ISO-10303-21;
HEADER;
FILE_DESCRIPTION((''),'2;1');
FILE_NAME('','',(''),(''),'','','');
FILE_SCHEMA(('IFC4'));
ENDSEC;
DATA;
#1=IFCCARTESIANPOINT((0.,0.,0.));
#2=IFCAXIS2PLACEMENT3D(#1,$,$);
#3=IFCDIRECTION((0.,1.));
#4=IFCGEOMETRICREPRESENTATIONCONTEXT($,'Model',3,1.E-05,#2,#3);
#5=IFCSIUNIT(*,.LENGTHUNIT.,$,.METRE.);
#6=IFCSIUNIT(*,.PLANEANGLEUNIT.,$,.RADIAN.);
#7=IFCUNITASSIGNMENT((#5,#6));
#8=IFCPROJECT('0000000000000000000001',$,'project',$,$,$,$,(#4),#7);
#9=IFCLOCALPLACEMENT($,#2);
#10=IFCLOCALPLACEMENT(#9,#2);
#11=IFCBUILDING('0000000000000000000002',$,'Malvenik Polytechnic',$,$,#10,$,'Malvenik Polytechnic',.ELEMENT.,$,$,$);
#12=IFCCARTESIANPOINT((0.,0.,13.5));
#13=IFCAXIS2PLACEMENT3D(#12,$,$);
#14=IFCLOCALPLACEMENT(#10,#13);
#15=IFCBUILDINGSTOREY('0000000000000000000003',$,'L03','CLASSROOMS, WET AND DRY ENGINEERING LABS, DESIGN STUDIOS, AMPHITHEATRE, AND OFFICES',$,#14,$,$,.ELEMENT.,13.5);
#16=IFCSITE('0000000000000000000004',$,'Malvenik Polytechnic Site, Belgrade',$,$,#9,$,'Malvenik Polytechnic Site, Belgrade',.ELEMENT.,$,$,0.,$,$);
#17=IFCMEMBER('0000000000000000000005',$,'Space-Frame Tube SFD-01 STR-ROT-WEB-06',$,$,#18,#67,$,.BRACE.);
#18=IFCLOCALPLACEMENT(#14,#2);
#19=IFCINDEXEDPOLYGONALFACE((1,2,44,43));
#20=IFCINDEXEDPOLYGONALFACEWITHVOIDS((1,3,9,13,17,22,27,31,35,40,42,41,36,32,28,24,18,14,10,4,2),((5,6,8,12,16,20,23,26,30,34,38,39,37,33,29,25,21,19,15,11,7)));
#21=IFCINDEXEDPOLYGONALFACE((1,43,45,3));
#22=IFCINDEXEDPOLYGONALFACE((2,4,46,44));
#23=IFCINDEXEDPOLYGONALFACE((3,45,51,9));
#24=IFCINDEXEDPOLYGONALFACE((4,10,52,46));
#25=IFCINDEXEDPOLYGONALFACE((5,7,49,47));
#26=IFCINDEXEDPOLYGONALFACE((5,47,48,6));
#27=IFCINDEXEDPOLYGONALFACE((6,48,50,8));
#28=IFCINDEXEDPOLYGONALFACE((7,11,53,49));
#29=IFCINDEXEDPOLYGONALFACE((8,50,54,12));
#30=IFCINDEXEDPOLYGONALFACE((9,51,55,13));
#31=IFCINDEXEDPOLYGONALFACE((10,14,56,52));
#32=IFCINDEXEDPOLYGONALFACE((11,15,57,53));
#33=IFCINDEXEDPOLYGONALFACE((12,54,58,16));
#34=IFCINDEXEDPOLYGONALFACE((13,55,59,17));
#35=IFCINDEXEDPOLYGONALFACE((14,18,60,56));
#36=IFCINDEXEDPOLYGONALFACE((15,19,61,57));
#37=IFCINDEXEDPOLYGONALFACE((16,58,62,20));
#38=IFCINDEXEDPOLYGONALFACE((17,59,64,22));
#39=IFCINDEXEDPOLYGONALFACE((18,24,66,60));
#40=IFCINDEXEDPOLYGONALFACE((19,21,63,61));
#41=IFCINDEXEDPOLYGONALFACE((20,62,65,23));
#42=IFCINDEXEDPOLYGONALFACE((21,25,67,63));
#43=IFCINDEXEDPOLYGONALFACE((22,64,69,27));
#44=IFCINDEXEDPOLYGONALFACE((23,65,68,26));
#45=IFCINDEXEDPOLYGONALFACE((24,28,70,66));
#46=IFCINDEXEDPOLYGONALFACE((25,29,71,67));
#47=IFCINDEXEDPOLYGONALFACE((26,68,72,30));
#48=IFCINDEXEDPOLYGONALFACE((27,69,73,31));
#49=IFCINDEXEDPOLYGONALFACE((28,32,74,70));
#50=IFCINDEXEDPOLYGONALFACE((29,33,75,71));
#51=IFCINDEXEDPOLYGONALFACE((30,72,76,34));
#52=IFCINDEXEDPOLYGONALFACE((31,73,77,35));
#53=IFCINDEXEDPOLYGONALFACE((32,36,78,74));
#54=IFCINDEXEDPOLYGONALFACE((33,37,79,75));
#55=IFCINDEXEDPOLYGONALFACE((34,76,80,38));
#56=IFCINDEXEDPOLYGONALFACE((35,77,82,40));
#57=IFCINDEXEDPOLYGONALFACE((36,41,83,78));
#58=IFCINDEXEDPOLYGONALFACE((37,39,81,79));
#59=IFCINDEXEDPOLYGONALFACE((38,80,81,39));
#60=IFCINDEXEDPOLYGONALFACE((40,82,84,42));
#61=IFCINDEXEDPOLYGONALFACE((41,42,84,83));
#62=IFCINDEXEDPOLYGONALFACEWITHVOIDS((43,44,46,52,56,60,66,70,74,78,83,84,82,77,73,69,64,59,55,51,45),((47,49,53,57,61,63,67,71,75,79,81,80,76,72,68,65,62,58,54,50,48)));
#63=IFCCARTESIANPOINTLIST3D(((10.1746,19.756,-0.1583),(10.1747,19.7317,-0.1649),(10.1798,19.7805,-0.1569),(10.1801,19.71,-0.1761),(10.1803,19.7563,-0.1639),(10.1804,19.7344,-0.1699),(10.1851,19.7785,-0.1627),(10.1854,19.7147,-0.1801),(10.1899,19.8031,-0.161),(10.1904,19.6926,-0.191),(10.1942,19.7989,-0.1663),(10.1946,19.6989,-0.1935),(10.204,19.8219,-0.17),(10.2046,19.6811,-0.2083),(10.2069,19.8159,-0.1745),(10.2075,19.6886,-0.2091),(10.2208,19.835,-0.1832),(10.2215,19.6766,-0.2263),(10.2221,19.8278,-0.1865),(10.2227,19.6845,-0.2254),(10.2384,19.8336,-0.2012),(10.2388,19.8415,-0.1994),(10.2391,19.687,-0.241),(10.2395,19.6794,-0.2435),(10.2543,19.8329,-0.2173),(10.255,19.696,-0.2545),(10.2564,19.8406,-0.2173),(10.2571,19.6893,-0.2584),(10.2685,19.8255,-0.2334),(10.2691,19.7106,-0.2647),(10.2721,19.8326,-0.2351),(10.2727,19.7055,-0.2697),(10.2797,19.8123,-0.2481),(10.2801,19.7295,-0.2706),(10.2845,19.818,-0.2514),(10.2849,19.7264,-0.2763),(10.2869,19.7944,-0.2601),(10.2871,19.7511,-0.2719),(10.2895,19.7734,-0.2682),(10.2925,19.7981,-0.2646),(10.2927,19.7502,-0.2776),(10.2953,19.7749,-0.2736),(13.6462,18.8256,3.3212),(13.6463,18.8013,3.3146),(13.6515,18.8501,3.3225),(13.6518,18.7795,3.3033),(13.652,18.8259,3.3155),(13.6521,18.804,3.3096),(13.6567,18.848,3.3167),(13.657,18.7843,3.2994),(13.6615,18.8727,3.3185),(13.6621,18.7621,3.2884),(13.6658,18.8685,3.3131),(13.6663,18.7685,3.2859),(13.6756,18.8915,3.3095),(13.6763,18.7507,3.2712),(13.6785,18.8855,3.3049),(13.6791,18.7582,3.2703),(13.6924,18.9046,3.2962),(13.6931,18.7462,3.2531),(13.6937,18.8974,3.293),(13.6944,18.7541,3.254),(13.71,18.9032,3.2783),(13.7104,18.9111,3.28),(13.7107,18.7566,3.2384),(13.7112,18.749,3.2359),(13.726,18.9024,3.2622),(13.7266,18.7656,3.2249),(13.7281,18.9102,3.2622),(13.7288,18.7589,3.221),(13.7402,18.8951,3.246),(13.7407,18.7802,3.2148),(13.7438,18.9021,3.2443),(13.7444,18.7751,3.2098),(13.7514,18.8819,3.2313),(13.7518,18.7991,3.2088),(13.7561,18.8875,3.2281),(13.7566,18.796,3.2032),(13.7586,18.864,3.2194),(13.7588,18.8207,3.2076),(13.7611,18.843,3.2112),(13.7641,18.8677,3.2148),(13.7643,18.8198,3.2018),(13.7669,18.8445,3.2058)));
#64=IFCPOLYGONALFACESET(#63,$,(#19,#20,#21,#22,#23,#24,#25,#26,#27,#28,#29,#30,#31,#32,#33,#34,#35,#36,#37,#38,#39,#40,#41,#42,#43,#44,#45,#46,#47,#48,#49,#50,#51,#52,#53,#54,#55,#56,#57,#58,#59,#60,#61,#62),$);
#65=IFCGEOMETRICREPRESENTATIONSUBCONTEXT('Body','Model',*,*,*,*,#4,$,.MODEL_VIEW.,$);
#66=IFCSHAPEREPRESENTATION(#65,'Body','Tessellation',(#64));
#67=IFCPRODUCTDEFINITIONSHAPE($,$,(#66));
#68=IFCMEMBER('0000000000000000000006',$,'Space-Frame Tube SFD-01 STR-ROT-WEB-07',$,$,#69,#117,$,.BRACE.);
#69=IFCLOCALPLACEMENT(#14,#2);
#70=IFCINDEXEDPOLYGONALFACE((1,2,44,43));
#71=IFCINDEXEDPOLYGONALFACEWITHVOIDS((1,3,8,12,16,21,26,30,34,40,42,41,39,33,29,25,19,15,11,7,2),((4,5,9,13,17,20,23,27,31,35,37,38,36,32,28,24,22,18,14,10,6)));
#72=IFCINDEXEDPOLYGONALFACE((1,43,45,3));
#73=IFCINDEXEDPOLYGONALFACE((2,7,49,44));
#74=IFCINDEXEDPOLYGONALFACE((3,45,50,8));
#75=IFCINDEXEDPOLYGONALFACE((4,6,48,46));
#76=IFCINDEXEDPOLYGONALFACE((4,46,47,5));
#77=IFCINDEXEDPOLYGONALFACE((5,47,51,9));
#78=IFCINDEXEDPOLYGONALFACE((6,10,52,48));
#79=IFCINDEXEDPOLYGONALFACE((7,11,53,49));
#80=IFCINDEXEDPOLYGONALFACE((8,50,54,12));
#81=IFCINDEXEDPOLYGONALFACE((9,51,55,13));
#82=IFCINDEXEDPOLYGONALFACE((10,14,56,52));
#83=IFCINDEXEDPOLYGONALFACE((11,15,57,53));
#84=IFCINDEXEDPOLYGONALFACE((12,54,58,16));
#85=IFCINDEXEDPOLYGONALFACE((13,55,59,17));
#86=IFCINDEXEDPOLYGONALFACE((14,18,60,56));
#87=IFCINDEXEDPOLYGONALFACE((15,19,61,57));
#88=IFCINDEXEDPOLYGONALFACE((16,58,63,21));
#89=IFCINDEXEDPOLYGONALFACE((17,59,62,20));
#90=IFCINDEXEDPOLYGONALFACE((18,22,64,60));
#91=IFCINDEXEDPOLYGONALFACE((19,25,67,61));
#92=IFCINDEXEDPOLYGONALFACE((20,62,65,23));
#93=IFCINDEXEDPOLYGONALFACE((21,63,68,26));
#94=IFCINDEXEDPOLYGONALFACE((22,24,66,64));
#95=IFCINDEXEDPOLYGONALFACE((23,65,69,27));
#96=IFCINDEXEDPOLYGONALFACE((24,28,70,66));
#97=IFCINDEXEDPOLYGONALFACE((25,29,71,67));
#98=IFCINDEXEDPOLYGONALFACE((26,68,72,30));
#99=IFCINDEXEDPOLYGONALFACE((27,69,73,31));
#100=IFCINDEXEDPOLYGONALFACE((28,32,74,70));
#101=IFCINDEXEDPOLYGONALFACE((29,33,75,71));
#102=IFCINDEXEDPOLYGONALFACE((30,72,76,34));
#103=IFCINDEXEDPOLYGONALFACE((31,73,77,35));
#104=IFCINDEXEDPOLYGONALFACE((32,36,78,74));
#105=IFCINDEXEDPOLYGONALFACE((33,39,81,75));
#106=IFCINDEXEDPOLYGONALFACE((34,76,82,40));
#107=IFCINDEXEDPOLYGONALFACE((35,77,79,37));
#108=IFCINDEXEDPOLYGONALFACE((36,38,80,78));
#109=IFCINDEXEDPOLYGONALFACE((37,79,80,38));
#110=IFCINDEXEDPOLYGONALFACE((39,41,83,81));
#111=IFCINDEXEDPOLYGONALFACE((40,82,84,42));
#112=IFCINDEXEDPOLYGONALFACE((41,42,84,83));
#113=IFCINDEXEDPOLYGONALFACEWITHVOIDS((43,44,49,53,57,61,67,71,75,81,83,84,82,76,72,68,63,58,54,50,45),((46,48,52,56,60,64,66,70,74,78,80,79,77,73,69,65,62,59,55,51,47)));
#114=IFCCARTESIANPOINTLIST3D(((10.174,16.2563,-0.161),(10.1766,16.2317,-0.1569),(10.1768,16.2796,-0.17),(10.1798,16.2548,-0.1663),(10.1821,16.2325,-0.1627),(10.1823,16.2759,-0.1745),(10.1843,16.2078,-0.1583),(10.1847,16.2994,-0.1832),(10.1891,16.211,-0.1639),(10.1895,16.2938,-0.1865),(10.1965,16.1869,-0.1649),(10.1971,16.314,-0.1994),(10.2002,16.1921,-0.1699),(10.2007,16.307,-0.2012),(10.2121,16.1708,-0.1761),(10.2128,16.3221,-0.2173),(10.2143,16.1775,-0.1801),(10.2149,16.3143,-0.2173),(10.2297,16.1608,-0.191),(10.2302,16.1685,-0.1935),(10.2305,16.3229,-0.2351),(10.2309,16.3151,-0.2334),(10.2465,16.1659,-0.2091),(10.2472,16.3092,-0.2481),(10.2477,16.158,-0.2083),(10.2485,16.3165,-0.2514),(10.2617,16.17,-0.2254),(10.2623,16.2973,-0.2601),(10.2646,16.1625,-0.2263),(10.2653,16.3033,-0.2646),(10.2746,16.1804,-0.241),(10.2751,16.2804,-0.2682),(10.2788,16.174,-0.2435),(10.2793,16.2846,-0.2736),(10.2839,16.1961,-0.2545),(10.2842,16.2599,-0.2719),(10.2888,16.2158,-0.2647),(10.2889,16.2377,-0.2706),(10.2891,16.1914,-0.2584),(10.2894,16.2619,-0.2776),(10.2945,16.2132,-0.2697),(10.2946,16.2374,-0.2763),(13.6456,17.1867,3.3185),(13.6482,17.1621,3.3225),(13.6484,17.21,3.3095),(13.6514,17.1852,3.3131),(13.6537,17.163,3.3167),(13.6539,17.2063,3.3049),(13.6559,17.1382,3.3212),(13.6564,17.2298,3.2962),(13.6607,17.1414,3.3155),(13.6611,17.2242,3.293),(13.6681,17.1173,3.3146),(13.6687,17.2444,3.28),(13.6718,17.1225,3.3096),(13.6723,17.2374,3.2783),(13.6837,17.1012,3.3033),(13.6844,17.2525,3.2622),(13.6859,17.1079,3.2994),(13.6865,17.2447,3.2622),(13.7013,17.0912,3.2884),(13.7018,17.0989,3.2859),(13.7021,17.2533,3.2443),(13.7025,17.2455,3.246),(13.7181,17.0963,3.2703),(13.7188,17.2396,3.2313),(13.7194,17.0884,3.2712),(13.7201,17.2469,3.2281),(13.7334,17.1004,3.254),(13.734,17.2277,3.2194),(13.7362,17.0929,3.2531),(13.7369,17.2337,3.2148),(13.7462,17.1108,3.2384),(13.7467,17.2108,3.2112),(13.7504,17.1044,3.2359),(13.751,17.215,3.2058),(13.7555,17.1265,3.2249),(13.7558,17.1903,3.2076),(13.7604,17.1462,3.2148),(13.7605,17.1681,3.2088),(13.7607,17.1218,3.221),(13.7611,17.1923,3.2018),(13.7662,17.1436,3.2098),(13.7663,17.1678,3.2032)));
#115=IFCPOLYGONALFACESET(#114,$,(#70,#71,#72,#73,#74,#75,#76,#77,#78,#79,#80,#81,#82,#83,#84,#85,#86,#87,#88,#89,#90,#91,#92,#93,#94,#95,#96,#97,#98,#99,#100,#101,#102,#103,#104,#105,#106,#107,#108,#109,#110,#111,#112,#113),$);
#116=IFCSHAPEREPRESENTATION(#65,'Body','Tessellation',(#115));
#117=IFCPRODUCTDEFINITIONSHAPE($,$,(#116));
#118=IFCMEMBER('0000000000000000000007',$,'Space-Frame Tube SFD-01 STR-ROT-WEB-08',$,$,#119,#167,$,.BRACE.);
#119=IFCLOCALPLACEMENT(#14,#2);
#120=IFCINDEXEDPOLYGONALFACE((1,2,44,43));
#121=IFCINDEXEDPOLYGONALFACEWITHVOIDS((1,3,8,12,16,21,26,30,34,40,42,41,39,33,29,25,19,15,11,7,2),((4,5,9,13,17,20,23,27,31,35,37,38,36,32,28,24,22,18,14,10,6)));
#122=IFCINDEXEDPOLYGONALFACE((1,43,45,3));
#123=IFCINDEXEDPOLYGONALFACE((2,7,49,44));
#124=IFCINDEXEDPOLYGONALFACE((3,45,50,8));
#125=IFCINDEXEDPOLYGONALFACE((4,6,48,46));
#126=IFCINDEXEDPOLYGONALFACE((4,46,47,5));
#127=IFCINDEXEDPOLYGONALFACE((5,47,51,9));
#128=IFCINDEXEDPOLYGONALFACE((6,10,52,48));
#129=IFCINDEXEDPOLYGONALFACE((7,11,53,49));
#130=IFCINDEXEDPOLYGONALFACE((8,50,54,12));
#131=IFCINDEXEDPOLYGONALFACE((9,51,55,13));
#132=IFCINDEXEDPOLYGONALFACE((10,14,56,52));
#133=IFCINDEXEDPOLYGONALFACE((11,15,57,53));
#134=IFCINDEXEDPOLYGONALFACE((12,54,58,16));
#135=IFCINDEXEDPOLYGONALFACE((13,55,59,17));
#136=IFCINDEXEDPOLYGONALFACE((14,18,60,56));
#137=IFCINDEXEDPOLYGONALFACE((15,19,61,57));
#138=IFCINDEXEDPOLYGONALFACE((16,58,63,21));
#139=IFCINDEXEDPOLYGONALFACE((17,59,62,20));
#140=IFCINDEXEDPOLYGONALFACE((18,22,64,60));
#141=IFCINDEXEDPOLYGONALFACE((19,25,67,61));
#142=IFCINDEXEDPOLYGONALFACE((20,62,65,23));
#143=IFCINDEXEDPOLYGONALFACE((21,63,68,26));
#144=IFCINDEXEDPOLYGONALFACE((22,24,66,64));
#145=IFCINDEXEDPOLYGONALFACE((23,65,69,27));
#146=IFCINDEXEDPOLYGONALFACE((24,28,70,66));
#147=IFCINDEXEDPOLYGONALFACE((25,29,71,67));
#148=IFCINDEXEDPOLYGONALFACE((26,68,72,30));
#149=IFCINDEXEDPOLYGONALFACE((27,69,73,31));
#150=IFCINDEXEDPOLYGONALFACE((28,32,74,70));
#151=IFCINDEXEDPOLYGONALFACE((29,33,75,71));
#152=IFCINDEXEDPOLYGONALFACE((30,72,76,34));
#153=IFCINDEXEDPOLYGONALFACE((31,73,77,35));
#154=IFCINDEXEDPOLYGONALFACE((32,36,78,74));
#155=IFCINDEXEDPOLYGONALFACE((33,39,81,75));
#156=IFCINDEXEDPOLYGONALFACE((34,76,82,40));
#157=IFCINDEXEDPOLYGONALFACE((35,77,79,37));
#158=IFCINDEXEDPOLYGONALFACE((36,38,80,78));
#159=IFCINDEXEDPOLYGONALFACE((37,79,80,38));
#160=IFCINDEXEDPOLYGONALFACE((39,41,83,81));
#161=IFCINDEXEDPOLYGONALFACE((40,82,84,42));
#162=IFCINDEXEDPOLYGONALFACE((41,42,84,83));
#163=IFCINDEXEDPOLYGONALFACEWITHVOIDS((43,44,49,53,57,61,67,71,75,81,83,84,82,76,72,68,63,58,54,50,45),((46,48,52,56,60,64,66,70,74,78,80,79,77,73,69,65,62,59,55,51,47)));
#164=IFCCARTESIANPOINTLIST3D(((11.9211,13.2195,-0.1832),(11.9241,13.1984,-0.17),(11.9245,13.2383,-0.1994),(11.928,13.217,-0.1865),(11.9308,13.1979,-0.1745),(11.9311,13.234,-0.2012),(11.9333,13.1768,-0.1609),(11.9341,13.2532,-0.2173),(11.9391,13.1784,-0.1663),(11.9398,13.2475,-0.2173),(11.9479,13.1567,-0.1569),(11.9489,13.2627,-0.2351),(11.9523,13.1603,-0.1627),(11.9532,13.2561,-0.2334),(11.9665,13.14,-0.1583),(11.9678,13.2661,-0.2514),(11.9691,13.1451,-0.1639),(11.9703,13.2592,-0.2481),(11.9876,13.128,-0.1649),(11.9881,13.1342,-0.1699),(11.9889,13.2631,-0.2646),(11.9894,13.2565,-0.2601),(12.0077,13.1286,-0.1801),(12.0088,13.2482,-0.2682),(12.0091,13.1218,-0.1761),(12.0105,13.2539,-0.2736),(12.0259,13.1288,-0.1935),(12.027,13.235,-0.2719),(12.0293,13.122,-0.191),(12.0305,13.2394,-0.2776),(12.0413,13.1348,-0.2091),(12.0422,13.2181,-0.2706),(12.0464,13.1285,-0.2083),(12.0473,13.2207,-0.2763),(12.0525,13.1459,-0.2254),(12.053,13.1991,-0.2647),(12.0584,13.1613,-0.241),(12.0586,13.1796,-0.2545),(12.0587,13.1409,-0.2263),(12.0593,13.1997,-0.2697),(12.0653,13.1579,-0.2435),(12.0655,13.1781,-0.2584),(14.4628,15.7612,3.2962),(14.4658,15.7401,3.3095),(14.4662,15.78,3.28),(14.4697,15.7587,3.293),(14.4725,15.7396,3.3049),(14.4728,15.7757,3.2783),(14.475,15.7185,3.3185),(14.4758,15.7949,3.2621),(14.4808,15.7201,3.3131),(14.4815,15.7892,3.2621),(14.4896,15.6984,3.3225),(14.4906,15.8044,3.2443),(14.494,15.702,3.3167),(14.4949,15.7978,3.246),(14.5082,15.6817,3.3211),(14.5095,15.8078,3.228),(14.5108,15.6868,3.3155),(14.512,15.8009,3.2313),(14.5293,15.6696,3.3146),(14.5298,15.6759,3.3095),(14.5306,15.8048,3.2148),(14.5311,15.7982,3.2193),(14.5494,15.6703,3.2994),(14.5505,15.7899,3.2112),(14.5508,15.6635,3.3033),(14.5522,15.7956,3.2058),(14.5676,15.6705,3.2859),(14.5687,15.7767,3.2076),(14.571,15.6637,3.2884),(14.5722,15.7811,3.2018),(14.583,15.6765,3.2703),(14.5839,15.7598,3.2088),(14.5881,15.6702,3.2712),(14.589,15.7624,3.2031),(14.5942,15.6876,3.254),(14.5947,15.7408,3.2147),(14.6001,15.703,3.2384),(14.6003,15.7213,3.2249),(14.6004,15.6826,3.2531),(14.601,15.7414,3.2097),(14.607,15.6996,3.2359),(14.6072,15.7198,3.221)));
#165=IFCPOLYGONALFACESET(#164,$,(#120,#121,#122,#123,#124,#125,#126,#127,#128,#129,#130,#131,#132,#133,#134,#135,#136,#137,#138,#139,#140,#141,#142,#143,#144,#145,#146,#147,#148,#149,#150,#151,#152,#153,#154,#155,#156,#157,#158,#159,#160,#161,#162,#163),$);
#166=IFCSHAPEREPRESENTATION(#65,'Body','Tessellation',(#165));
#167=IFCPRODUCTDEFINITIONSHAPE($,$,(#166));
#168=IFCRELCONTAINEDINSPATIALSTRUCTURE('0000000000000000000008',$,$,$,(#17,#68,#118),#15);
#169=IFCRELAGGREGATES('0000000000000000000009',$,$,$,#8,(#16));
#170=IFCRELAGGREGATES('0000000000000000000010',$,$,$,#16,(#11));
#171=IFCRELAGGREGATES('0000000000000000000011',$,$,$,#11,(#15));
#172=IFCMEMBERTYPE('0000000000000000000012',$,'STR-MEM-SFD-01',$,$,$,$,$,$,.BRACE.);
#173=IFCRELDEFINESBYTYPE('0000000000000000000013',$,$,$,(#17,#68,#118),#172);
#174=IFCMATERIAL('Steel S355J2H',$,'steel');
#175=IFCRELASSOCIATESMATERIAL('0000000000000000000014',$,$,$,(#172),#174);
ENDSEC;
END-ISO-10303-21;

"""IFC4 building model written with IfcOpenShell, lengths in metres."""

from ifc_helpers import new_model, si_unit, direction, frame, origin, origin_2d, place, context, subcontext, project, spatial, hollow_circle, extrude, material, material_profile, profile_set, type_object, element, save


model = new_model("IFC4")

# Units and contexts
model_context = context("Model", 3, precision=1e-05, world=origin(), true_north=direction((0.0, 1.0)))
body_context = subcontext(model_context, "Body", "Model", "MODEL_VIEW")
ifc_project = project(units=[si_unit("LENGTHUNIT", "METRE"), si_unit("PLANEANGLEUNIT", "RADIAN")], contexts=[model_context])

# Site, building, storey
site_placement = place(None, origin())
site = spatial("IfcSite", under=ifc_project, at=site_placement, Name="Malvenik Polytechnic Site, Belgrade", LongName="Malvenik Polytechnic Site, Belgrade", CompositionType="ELEMENT", RefElevation=0.0)
building_placement = place(site_placement, origin())
building = spatial("IfcBuilding", under=site, at=building_placement, Name="Malvenik Polytechnic", LongName="Malvenik Polytechnic", CompositionType="ELEMENT")
storey_placement = place(building_placement, frame((0.0, 0.0, 13.5)))
storey = spatial("IfcBuildingStorey", under=building, at=storey_placement, Name="L03", Description="CLASSROOMS, WET AND DRY ENGINEERING LABS, DESIGN STUDIOS, AMPHITHEATRE, AND OFFICES", CompositionType="ELEMENT", Elevation=13.5)

# Members
ifc_material_1 = material(Name="Steel S355J2H", Category="steel")
ifc_material_profile_1 = material_profile(ifc_material_1, hollow_circle(Radius=0.0842, WallThickness=0.0081, at=origin_2d()), Name="CHS 168.3x8.0")
ifc_profile_set_1 = profile_set([ifc_material_profile_1], Name="Steel S355J2H")
member_type_1 = type_object("IfcMemberType", Name="STR-MEM-SFD-01", PredefinedType="BRACE", material=ifc_profile_set_1)
for number, where, z_axis, x_axis, name in (
    (1, (10.2346, 19.7593, -0.2173), (0.693988, -0.185991, 0.695549), (0.258867, 0.965913, 0.0), "Space-Frame Tube SFD-01 STR-ROT-WEB-06"),
    (2, (10.2346, 16.2407, -0.2173), (0.693988, 0.185991, 0.695549), (-0.258867, 0.965913, 0.0), "Space-Frame Tube SFD-01 STR-ROT-WEB-07"),
):
    element("IfcMember", number, at=place(storey_placement, frame(where, z_axis=z_axis, x_axis=x_axis)), inside=storey, type_object=member_type_1, Name=name, PredefinedType="BRACE", context=body_context, shape_type="SweptSolid", body=[
        extrude(hollow_circle(Radius=0.0842, WallThickness=0.0081, at=origin_2d()), origin(), (0.0, 0.0, 1.0), 5.0024),
    ])
member_1_placement = place(storey_placement, frame((11.9937, 13.1936, -0.2173), z_axis=(0.508067, 0.508067, 0.695511), x_axis=(-0.707107, 0.707107, 0.0)))
element("IfcMember", 3, at=member_1_placement, inside=storey, type_object=member_type_1, Name="Space-Frame Tube SFD-01 STR-ROT-WEB-08", PredefinedType="BRACE", context=body_context, shape_type="SweptSolid", body=[
    extrude(hollow_circle(Radius=0.0842, WallThickness=0.0081, at=origin_2d()), origin(), (0.0, 0.0, 1.0), 5.0027),
])

save(model, "model.ifc")
